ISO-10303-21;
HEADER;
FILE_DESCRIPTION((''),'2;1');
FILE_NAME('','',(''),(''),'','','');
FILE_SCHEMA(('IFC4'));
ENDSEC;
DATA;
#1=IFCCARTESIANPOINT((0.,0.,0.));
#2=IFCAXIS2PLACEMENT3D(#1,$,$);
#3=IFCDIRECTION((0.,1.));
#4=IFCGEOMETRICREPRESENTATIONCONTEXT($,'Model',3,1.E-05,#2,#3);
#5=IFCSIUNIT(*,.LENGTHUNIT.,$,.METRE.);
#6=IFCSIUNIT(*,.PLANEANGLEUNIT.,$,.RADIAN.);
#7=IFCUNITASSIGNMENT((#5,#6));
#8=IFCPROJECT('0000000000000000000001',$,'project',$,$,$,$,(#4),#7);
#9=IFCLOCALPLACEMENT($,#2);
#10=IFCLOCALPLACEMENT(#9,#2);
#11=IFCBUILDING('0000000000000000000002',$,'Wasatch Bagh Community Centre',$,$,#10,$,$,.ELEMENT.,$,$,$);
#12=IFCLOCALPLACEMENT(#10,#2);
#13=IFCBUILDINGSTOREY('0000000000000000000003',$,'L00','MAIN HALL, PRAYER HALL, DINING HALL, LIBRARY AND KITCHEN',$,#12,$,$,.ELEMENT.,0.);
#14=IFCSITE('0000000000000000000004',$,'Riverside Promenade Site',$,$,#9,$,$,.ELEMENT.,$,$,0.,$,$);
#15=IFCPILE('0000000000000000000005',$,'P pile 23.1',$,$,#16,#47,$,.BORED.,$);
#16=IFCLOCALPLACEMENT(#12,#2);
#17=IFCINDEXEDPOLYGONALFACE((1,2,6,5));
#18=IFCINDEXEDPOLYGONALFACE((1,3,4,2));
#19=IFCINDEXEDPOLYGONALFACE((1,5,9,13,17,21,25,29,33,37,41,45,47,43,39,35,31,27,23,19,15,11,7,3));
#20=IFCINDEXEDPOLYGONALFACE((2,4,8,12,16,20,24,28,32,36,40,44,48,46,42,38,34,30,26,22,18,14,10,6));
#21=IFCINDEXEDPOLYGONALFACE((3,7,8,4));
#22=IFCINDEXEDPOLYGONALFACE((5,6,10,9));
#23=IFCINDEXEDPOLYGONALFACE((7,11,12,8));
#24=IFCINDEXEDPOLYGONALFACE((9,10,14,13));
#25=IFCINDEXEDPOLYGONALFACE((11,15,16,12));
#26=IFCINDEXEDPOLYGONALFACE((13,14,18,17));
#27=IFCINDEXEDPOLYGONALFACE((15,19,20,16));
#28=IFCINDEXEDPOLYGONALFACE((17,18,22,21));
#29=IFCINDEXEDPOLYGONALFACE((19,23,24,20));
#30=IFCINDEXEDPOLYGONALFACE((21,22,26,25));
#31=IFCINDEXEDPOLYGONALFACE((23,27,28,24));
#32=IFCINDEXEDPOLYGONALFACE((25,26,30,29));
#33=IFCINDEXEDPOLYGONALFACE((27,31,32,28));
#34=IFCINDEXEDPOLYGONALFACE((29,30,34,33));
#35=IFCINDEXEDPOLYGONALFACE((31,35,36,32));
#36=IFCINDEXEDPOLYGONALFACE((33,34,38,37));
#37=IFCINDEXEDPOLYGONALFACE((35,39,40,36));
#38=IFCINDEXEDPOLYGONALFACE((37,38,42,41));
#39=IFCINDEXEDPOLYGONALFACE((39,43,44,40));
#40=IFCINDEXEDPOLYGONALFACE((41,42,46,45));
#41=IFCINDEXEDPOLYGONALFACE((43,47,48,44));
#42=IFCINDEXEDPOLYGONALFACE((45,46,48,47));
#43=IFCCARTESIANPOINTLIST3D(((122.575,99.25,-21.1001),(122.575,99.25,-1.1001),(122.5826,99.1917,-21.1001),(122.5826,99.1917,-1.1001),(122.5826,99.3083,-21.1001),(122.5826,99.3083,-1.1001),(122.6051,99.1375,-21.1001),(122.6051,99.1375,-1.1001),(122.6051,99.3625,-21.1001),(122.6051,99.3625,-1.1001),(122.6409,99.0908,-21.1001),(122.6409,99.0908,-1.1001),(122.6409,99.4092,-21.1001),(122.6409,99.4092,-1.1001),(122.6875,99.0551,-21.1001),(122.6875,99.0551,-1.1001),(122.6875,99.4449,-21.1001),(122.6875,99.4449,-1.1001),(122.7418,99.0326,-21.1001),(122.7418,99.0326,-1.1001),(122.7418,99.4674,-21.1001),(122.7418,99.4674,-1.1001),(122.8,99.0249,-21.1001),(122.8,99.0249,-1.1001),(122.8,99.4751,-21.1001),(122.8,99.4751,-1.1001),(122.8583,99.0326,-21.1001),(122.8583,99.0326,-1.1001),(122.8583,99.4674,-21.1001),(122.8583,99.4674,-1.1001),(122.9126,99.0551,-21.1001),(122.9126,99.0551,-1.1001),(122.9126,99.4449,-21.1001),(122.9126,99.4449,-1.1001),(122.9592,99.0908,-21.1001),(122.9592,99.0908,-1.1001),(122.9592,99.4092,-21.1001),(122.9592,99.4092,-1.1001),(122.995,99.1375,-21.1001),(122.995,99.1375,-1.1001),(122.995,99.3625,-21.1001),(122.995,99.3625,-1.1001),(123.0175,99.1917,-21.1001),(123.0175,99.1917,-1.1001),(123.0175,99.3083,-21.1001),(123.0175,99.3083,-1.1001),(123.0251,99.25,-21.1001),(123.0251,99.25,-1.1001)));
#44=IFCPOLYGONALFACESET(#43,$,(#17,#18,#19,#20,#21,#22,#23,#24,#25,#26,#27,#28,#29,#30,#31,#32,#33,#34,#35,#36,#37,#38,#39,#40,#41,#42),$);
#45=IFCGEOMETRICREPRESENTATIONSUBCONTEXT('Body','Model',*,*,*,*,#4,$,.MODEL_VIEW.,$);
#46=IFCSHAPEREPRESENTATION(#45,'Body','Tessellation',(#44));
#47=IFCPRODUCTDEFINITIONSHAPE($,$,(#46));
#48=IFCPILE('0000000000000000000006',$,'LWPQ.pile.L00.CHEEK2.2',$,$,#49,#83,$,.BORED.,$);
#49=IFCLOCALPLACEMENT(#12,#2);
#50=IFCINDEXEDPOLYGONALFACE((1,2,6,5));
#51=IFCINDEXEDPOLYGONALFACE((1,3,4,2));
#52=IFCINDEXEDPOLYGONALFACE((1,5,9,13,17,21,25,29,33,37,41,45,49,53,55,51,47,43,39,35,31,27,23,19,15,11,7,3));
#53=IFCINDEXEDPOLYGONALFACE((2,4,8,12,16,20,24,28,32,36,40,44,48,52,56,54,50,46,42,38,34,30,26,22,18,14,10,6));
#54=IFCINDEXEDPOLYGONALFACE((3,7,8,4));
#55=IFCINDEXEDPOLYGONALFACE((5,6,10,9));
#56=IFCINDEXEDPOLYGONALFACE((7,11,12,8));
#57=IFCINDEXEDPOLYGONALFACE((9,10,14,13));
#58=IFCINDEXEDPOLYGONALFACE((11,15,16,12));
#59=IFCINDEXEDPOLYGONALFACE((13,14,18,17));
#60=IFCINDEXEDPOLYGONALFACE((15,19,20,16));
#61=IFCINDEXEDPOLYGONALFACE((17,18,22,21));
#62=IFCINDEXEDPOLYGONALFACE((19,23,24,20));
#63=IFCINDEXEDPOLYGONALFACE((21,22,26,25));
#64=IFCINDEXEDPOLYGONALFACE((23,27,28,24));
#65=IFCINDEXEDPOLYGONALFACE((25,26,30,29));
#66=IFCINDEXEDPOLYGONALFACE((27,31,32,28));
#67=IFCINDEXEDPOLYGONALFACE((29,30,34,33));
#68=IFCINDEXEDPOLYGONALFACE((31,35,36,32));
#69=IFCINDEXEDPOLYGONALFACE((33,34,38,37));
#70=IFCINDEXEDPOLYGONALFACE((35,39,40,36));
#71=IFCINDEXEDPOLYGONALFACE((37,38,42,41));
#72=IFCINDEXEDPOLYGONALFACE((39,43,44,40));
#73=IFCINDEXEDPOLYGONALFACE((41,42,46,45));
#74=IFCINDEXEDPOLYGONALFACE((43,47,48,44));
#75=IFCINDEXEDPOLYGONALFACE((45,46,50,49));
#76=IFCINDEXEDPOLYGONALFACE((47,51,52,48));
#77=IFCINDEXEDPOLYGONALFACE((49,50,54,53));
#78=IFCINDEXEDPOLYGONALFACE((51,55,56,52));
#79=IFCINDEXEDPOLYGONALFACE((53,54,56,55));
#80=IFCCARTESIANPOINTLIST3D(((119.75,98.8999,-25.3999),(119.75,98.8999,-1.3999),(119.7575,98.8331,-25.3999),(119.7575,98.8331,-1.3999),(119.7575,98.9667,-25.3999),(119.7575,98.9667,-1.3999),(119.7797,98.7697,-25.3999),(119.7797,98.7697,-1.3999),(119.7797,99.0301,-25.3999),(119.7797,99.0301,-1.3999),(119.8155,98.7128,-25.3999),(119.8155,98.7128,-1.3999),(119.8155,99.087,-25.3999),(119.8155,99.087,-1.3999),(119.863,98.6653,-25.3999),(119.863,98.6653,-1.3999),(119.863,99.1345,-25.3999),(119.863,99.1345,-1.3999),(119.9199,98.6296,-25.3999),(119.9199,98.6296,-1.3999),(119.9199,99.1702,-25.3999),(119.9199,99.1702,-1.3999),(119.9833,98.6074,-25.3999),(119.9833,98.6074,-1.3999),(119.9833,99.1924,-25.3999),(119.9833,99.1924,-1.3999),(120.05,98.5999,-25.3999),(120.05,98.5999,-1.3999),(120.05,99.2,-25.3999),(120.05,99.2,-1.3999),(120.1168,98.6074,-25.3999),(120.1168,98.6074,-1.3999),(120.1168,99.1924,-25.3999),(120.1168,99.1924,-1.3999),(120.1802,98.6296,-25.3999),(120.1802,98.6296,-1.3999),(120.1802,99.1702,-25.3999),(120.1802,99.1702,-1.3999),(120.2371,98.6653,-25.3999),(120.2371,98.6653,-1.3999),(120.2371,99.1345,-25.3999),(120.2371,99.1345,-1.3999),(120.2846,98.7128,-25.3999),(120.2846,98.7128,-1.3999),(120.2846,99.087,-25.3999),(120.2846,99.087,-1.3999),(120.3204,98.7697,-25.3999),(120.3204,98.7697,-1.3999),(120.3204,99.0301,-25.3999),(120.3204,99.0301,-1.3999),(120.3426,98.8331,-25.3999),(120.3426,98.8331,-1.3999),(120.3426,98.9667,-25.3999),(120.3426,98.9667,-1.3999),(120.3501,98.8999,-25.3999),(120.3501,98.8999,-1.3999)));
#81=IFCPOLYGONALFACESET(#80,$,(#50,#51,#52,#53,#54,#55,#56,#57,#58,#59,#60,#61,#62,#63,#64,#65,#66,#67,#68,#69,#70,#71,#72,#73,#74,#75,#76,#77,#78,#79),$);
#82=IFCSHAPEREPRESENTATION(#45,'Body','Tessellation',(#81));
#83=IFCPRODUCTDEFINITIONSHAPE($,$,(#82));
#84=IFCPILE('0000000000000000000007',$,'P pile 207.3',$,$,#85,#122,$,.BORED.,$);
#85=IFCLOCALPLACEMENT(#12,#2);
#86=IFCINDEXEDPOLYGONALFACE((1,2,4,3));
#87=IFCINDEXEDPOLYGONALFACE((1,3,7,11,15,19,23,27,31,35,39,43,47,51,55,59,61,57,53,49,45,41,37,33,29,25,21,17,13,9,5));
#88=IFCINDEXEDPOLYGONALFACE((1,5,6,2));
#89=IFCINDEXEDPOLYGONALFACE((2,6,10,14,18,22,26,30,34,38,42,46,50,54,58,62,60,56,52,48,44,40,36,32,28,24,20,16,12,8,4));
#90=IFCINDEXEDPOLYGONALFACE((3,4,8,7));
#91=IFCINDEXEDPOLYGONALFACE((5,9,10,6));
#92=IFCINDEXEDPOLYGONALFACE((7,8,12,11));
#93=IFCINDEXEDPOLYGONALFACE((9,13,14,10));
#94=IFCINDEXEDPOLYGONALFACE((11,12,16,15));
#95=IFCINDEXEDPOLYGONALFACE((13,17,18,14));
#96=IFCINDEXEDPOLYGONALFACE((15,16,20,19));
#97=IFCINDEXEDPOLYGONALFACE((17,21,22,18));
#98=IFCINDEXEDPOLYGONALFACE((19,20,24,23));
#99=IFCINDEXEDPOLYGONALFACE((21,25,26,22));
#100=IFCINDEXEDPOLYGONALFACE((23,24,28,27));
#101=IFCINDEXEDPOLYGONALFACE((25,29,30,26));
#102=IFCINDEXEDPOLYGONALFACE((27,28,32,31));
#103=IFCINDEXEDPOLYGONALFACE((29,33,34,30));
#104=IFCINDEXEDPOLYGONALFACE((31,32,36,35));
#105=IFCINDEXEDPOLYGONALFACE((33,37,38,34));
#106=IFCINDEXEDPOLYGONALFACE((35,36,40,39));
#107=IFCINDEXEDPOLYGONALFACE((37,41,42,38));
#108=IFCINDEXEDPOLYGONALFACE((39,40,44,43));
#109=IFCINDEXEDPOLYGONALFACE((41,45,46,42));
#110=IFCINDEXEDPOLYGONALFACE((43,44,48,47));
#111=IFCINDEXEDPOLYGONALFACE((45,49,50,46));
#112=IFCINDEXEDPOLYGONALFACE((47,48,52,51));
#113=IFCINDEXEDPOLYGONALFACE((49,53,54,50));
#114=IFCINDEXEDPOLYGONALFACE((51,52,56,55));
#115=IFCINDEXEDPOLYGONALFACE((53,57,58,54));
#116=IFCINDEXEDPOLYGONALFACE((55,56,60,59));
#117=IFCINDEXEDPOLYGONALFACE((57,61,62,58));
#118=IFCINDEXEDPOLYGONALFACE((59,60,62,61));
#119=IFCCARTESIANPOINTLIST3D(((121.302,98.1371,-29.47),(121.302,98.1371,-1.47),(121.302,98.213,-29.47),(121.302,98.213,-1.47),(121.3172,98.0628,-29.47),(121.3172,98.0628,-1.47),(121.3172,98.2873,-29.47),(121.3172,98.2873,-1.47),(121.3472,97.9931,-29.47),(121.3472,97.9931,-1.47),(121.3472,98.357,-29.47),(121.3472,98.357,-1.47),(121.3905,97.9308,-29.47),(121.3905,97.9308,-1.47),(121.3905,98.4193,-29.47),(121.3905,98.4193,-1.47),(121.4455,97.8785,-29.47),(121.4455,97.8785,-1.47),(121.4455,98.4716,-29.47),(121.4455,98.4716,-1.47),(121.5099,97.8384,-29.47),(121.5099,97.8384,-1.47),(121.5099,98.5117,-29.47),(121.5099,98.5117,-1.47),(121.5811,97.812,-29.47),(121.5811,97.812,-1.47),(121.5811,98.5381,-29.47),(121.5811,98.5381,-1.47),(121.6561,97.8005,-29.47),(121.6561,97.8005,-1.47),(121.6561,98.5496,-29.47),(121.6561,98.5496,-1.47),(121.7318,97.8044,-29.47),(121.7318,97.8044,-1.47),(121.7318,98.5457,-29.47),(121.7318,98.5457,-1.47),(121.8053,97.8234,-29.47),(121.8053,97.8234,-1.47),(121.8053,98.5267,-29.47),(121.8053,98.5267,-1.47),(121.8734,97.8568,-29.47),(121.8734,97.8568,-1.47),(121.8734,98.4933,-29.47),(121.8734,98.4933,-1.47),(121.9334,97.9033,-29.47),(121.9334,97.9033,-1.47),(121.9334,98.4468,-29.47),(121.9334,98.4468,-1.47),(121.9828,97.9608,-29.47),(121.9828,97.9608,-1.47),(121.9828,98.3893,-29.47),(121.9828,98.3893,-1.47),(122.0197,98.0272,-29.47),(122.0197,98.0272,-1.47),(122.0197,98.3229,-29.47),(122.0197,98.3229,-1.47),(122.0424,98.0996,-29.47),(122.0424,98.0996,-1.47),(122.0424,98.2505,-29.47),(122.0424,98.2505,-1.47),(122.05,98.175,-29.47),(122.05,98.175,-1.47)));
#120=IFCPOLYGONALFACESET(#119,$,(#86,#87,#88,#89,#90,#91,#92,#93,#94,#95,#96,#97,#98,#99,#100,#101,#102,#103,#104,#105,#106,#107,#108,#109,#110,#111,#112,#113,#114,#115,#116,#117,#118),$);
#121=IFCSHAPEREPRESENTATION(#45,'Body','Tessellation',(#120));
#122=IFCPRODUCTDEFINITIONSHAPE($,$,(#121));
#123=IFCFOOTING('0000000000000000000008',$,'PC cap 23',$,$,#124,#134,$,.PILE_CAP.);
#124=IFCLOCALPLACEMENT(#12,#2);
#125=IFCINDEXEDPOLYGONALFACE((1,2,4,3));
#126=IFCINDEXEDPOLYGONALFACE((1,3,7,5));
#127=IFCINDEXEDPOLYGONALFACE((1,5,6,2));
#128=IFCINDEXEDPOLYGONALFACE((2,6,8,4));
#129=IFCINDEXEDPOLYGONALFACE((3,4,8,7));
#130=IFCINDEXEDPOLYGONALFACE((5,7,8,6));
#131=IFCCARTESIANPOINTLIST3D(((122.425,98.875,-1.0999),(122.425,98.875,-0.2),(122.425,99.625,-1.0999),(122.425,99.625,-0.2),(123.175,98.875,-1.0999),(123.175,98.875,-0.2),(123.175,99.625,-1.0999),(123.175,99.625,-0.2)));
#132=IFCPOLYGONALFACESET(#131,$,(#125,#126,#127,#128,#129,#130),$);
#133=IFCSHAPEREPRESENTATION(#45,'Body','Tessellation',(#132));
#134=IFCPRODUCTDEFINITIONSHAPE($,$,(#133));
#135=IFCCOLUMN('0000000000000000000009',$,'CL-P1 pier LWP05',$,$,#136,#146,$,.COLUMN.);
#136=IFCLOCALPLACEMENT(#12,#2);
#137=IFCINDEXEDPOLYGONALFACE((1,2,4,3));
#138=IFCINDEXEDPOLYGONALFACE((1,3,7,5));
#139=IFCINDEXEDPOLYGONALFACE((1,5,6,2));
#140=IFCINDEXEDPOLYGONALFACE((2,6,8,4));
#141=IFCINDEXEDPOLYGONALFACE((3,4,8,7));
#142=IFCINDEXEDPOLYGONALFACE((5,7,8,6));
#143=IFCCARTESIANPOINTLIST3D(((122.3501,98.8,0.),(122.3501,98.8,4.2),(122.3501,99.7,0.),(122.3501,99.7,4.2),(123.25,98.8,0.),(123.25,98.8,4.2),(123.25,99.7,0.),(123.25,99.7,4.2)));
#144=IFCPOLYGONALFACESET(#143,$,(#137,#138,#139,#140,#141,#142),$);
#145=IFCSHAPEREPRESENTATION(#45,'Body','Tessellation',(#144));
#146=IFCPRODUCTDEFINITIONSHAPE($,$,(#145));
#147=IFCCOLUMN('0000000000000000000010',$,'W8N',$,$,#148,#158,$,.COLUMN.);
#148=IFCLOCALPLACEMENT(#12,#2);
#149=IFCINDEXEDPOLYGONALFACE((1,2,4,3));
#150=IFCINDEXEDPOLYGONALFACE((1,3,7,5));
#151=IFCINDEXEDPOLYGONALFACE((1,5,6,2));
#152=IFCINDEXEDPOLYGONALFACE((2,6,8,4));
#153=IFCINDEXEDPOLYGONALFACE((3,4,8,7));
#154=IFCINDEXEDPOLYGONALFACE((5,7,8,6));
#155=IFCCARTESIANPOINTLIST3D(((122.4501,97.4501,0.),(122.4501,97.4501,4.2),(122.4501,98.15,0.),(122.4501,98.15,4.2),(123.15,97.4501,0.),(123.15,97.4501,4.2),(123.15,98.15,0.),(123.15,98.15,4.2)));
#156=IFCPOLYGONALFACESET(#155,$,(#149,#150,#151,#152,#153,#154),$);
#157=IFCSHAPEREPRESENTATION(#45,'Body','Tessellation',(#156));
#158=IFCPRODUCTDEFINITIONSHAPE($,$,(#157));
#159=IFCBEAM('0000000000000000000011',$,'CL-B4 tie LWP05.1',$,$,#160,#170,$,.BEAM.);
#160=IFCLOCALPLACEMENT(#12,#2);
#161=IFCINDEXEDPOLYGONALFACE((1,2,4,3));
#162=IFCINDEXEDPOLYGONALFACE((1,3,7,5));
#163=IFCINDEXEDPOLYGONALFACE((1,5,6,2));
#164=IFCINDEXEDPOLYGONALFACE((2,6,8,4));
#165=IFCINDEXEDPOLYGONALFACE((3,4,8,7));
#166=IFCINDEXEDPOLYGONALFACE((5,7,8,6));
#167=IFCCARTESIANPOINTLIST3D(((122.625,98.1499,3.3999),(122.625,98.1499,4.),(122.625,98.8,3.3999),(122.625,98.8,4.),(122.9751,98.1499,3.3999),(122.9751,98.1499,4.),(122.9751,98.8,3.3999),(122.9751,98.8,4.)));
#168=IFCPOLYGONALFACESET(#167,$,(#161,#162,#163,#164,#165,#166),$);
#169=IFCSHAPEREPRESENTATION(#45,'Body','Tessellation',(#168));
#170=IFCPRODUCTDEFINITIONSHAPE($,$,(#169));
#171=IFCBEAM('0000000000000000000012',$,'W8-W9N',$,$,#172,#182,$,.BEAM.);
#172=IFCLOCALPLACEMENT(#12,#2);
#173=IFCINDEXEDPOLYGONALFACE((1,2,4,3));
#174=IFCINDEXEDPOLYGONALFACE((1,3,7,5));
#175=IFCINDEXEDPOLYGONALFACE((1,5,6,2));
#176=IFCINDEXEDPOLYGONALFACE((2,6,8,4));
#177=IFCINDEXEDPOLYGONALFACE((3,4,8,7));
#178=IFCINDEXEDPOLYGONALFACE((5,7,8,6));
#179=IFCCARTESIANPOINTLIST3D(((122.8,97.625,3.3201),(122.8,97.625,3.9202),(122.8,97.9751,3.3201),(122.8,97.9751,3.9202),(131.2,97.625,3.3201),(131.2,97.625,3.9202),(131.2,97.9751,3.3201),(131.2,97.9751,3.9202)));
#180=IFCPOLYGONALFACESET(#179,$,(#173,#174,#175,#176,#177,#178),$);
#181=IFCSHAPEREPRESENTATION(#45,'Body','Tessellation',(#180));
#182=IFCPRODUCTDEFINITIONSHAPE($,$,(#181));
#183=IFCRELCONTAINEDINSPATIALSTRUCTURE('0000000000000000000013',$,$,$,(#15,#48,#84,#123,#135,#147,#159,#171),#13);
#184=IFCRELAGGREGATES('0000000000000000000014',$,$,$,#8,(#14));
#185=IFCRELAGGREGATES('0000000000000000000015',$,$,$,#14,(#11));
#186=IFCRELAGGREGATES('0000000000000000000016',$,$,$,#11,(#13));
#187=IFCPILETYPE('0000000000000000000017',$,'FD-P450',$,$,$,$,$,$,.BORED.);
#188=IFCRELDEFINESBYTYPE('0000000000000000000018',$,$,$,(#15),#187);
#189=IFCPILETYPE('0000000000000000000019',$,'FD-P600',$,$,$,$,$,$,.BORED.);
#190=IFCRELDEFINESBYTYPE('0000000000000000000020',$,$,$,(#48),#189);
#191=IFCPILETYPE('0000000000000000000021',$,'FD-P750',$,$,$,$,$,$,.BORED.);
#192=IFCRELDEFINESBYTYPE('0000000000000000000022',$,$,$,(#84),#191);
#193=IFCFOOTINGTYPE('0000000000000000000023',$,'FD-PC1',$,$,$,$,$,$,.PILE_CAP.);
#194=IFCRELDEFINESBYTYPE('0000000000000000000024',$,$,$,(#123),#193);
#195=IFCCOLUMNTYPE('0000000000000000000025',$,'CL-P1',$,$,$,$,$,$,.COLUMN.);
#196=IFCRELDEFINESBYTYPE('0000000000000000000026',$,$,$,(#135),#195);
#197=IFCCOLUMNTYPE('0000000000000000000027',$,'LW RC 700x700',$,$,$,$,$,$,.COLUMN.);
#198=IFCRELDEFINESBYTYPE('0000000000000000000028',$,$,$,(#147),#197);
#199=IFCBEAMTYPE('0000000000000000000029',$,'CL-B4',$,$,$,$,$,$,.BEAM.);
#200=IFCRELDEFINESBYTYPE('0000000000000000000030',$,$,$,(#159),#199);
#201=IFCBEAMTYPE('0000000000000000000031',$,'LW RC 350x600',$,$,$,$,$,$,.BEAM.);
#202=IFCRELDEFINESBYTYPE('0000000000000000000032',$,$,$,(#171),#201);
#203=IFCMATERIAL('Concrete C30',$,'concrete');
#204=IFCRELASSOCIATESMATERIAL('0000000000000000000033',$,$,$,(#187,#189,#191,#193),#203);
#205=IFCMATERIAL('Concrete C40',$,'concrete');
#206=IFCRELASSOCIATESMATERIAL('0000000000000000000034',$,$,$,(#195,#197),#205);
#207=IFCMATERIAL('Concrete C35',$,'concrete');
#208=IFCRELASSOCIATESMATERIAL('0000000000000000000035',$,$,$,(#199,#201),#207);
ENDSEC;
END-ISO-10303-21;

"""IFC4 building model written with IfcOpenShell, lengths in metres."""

from ifc_helpers import new_model, si_unit, direction, frame, origin, origin_2d, place, context, subcontext, project, spatial, rectangle, circle, extrude, material, material_profile, profile_set, type_object, element, save


model = new_model("IFC4")

# Units and contexts
model_context = context("Model", 3, precision=1e-05, world=origin(), true_north=direction((0.0, 1.0)))
body_context = subcontext(model_context, "Body", "Model", "MODEL_VIEW")
ifc_project = project(units=[si_unit("LENGTHUNIT", "METRE"), si_unit("PLANEANGLEUNIT", "RADIAN")], contexts=[model_context])

# Site, building, storey
site_placement = place(None, origin())
site = spatial("IfcSite", under=ifc_project, at=site_placement, Name="Riverside Promenade Site", CompositionType="ELEMENT", RefElevation=0.0)
building_placement = place(site_placement, origin())
building = spatial("IfcBuilding", under=site, at=building_placement, Name="Wasatch Bagh Community Centre", CompositionType="ELEMENT")
storey_placement = place(building_placement, origin())
storey = spatial("IfcBuildingStorey", under=building, at=storey_placement, Name="L00", Description="MAIN HALL, PRAYER HALL, DINING HALL, LIBRARY AND KITCHEN", CompositionType="ELEMENT", Elevation=0.0)

# Piles
ifc_material_1 = material(Name="Concrete C30", Category="concrete")
ifc_material_profile_1 = material_profile(ifc_material_1, circle(Radius=0.2251, at=origin_2d()), Name="RC D450")
ifc_profile_set_1 = profile_set([ifc_material_profile_1], Name="Concrete C30")
pile_type_1 = type_object("IfcPileType", Name="FD-P450", PredefinedType="BORED", material=ifc_profile_set_1)
pile_1_placement = place(storey_placement, frame((122.8, 99.25, -1.1001), z_axis=(0.0, 0.0, -1.0), x_axis=(1.0, 0.0, 0.0)))
element("IfcPile", 1, at=pile_1_placement, inside=storey, type_object=pile_type_1, Name="P pile 23.1", PredefinedType="BORED", context=body_context, shape_type="SweptSolid", body=[
    extrude(circle(Radius=0.2251, at=origin_2d()), origin(), (0.0, 0.0, 1.0), 20.0),
])
ifc_material_profile_2 = material_profile(ifc_material_1, circle(Radius=0.3, at=origin_2d()), Name="RC D600")
ifc_profile_set_2 = profile_set([ifc_material_profile_2], Name="Concrete C30")
pile_type_2 = type_object("IfcPileType", Name="FD-P600", PredefinedType="BORED", material=ifc_profile_set_2)
pile_2_placement = place(storey_placement, frame((120.05, 98.8999, -1.3999), z_axis=(0.0, 0.0, -1.0), x_axis=(1.0, 0.0, 0.0)))
element("IfcPile", 2, at=pile_2_placement, inside=storey, type_object=pile_type_2, Name="LWPQ.pile.L00.CHEEK2.2", PredefinedType="BORED", context=body_context, shape_type="SweptSolid", body=[
    extrude(circle(Radius=0.3, at=origin_2d()), origin(), (0.0, 0.0, 1.0), 24.0),
])
ifc_material_profile_3 = material_profile(ifc_material_1, circle(Radius=0.375, at=origin_2d()), Name="RC D750")
ifc_profile_set_3 = profile_set([ifc_material_profile_3], Name="Concrete C30")
pile_type_3 = type_object("IfcPileType", Name="FD-P750", PredefinedType="BORED", material=ifc_profile_set_3)
pile_3_placement = place(storey_placement, frame((121.675, 98.175, -1.47), z_axis=(0.0, 0.0, -1.0), x_axis=(1.0, 0.0, 0.0)))
element("IfcPile", 3, at=pile_3_placement, inside=storey, type_object=pile_type_3, Name="P pile 207.3", PredefinedType="BORED", context=body_context, shape_type="SweptSolid", body=[
    extrude(circle(Radius=0.375, at=origin_2d()), origin(), (0.0, 0.0, 1.0), 28.0),
])

# Footing
footing_type = type_object("IfcFootingType", Name="FD-PC1", PredefinedType="PILE_CAP", material=ifc_material_1)
footing_placement = place(storey_placement, frame((122.8, 99.25, -1.0999), z_axis=(0.0, 0.0, 1.0), x_axis=(1.0, 0.0, 0.0)))
element("IfcFooting", 4, at=footing_placement, inside=storey, type_object=footing_type, Name="PC cap 23", PredefinedType="PILE_CAP", context=body_context, shape_type="SweptSolid", body=[
    extrude(rectangle(XDim=0.75, YDim=0.75, at=origin_2d()), origin(), (0.0, 0.0, 1.0), 0.8999),
])

# Columns
ifc_material_2 = material(Name="Concrete C40", Category="concrete")
ifc_material_profile_4 = material_profile(ifc_material_2, rectangle(XDim=0.8999, YDim=0.8999, at=origin_2d()), Name="RC 900x900")
ifc_profile_set_4 = profile_set([ifc_material_profile_4], Name="Concrete C40")
column_type_1 = type_object("IfcColumnType", Name="CL-P1", PredefinedType="COLUMN", material=ifc_profile_set_4)
column_1_placement = place(storey_placement, frame((122.8, 99.25, 0.0), z_axis=(0.0, 0.0, 1.0), x_axis=(1.0, 0.0, 0.0)))
element("IfcColumn", 5, at=column_1_placement, inside=storey, type_object=column_type_1, Name="CL-P1 pier LWP05", PredefinedType="COLUMN", context=body_context, shape_type="SweptSolid", body=[
    extrude(rectangle(XDim=0.8999, YDim=0.8999, at=origin_2d()), origin(), (0.0, 0.0, 1.0), 4.2),
])
ifc_material_profile_5 = material_profile(ifc_material_2, rectangle(XDim=0.7, YDim=0.7, at=origin_2d()), Name="RC 700x700")
ifc_profile_set_5 = profile_set([ifc_material_profile_5], Name="Concrete C40")
column_type_2 = type_object("IfcColumnType", Name="LW RC 700x700", PredefinedType="COLUMN", material=ifc_profile_set_5)
column_2_placement = place(storey_placement, frame((122.8, 97.8, 0.0), z_axis=(0.0, 0.0, 1.0), x_axis=(1.0, 0.0, 0.0)))
element("IfcColumn", 6, at=column_2_placement, inside=storey, type_object=column_type_2, Name="W8N", PredefinedType="COLUMN", context=body_context, shape_type="SweptSolid", body=[
    extrude(rectangle(XDim=0.7, YDim=0.7, at=origin_2d()), origin(), (0.0, 0.0, 1.0), 4.2),
])

# Beams
ifc_material_3 = material(Name="Concrete C35", Category="concrete")
ifc_material_profile_6 = material_profile(ifc_material_3, rectangle(XDim=0.3501, YDim=0.6001, at=origin_2d()), Name="RC 350x600")
ifc_profile_set_6 = profile_set([ifc_material_profile_6], Name="Concrete C35")
beam_type_1 = type_object("IfcBeamType", Name="CL-B4", PredefinedType="BEAM", material=ifc_profile_set_6)
beam_1_placement = place(storey_placement, frame((122.8, 98.1499, 3.7), z_axis=(0.0, 1.0, 0.0), x_axis=(-1.0, 0.0, 0.0)))
element("IfcBeam", 7, at=beam_1_placement, inside=storey, type_object=beam_type_1, Name="CL-B4 tie LWP05.1", PredefinedType="BEAM", context=body_context, shape_type="SweptSolid", body=[
    extrude(rectangle(XDim=0.3501, YDim=0.6001, at=origin_2d()), origin(), (0.0, 0.0, 1.0), 0.6501),
])
ifc_material_profile_7 = material_profile(ifc_material_3, rectangle(XDim=0.3501, YDim=0.6001, at=origin_2d()), Name="RC 350x600")
ifc_profile_set_7 = profile_set([ifc_material_profile_7], Name="Concrete C35")
beam_type_2 = type_object("IfcBeamType", Name="LW RC 350x600", PredefinedType="BEAM", material=ifc_profile_set_7)
beam_2_placement = place(storey_placement, frame((122.8, 97.8, 3.6201), z_axis=(1.0, 0.0, 0.0), x_axis=(0.0, 1.0, 0.0)))
element("IfcBeam", 8, at=beam_2_placement, inside=storey, type_object=beam_type_2, Name="W8-W9N", PredefinedType="BEAM", context=body_context, shape_type="SweptSolid", body=[
    extrude(rectangle(XDim=0.3501, YDim=0.6001, at=origin_2d()), origin(), (0.0, 0.0, 1.0), 8.3999),
])

save(model, "model.ifc")
